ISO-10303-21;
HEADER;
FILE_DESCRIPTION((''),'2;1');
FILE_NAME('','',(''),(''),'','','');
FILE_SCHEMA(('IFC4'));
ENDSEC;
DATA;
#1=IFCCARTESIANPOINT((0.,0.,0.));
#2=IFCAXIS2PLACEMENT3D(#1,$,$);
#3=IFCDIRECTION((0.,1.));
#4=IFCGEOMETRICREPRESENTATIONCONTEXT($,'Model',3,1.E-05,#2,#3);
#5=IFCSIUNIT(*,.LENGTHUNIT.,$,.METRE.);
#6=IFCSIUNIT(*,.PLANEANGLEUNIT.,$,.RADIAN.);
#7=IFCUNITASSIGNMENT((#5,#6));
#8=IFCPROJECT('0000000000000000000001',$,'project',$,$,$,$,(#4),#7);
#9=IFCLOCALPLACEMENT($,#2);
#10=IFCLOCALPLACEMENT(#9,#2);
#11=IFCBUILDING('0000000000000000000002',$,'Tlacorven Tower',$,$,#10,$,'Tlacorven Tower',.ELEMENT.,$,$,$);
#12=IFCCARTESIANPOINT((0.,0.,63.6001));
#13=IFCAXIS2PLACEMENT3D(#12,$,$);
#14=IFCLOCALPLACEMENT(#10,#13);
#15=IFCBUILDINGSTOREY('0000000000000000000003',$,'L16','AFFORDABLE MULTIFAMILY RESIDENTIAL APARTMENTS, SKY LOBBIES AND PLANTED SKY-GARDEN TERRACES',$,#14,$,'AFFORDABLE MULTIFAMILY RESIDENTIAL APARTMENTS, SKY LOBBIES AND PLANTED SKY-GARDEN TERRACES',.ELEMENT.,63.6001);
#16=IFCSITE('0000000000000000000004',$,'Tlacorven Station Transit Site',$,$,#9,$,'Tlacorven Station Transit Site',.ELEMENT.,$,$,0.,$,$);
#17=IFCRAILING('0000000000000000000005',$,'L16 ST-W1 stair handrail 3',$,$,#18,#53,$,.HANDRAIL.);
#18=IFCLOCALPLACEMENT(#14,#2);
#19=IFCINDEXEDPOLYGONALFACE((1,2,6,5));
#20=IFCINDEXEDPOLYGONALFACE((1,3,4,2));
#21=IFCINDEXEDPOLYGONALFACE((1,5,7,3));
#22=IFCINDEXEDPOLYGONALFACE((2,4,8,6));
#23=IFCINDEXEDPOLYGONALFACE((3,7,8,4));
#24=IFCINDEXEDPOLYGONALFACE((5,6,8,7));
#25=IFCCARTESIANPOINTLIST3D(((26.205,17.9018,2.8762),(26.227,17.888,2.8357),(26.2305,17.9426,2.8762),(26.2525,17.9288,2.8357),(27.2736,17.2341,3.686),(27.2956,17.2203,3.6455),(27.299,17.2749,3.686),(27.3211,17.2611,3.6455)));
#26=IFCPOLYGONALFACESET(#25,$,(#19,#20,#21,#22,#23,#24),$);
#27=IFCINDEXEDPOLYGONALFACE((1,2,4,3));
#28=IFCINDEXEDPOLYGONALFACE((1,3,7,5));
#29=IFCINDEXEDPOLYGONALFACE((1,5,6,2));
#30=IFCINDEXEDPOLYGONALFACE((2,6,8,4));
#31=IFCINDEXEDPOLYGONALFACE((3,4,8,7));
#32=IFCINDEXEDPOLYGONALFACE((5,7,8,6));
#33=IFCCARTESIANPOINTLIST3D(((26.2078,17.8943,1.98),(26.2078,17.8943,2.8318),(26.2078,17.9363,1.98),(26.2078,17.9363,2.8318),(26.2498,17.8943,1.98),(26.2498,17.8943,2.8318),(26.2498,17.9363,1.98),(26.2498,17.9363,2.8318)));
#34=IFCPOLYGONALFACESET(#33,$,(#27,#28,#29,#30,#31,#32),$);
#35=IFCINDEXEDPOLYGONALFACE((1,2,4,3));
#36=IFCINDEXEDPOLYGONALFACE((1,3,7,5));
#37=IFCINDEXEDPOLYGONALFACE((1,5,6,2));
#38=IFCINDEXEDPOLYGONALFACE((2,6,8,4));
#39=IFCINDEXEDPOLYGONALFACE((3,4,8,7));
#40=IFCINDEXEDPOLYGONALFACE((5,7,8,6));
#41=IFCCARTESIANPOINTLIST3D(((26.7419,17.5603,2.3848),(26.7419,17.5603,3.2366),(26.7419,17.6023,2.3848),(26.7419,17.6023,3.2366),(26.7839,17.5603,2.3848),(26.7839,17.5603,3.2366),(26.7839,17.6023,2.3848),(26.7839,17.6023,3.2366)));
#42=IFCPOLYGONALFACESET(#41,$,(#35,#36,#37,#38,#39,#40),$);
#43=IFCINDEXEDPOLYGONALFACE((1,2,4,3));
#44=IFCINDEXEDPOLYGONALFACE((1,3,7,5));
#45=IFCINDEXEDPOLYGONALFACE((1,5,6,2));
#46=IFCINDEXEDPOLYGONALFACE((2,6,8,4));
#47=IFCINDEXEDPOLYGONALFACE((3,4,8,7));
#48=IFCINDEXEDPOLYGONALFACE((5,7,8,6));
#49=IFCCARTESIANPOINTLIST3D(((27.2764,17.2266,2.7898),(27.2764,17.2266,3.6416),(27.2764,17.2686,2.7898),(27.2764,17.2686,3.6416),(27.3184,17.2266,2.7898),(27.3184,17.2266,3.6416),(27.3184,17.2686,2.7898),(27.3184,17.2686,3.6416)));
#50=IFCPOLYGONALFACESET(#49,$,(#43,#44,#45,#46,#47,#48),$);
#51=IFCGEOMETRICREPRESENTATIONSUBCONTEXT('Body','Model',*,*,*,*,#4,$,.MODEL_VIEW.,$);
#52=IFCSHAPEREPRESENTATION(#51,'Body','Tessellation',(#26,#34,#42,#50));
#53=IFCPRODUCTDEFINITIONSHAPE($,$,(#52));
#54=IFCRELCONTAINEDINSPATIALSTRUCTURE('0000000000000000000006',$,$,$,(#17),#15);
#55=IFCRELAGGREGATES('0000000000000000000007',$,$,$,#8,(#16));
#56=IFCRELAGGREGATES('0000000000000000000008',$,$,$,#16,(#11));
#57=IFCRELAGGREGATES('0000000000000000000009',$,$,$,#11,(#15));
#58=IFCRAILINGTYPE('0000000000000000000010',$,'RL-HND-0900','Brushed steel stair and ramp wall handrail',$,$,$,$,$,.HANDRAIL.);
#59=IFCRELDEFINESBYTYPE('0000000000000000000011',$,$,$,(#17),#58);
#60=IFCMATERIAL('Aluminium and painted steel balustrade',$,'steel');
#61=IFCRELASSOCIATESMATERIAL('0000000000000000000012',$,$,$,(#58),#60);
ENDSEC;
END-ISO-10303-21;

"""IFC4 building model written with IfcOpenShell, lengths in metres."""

from ifc_helpers import new_model, si_unit, direction, frame, origin, origin_2d, place, context, subcontext, project, spatial, rectangle, extrude, source, transform, mapped, material, type_object, element, save


model = new_model("IFC4")

# Units and contexts
model_context = context("Model", 3, precision=1e-05, world=origin(), true_north=direction((0.0, 1.0)))
body_context = subcontext(model_context, "Body", "Model", "MODEL_VIEW")
ifc_project = project(units=[si_unit("LENGTHUNIT", "METRE"), si_unit("PLANEANGLEUNIT", "RADIAN")], contexts=[model_context])

# Site, building, storey
site_placement = place(None, origin())
site = spatial("IfcSite", under=ifc_project, at=site_placement, Name="Tlacorven Station Transit Site", LongName="Tlacorven Station Transit Site", CompositionType="ELEMENT", RefElevation=0.0)
building_placement = place(site_placement, origin())
building = spatial("IfcBuilding", under=site, at=building_placement, Name="Tlacorven Tower", LongName="Tlacorven Tower", CompositionType="ELEMENT")
storey_placement = place(building_placement, frame((0.0, 0.0, 63.6001)))
storey = spatial("IfcBuildingStorey", under=building, at=storey_placement, Name="L16", Description="AFFORDABLE MULTIFAMILY RESIDENTIAL APARTMENTS, SKY LOBBIES AND PLANTED SKY-GARDEN TERRACES", LongName="AFFORDABLE MULTIFAMILY RESIDENTIAL APARTMENTS, SKY LOBBIES AND PLANTED SKY-GARDEN TERRACES", CompositionType="ELEMENT", Elevation=63.6001)

# Railing
ifc_material_1 = material(Name="Aluminium and painted steel balustrade", Category="steel")
railing_type_1 = type_object("IfcRailingType", Name="RL-HND-0900", Description="Brushed steel stair and ramp wall handrail", PredefinedType="HANDRAIL", material=ifc_material_1)
shared_shape_1 = source(origin(), body_context, "Body", "SweptSolid", [
    extrude(rectangle(XDim=0.0481, YDim=0.0481, at=origin_2d()), frame((0.0, 0.0, 0.876), z_axis=(0.713423, -0.445787, 0.540649), x_axis=(0.529912, 0.848053, 0.0)), (0.0, 0.0, 1.0), 1.4978),
    extrude(rectangle(XDim=0.042, YDim=0.042, at=origin_2d()), origin(), (0.0, 0.0, 1.0), 0.8518),
    extrude(rectangle(XDim=0.042, YDim=0.042, at=origin_2d()), frame((0.5342, -0.334, 0.4048)), (0.0, 0.0, 1.0), 0.8518),
    extrude(rectangle(XDim=0.042, YDim=0.042, at=origin_2d()), frame((1.0686, -0.6677, 0.8098)), (0.0, 0.0, 1.0), 0.8518),
])
railing_1_placement = place(storey_placement, frame((26.2288, 17.9153, 1.98)))
element("IfcRailing", 1, at=railing_1_placement, inside=storey, type_object=railing_type_1, Name="L16 ST-W1 stair handrail 3", PredefinedType="HANDRAIL", context=body_context, shape_type="MappedRepresentation", body=[
    mapped(shared_shape_1, transform((0.0, 0.0, 0.0), scale=1.0)),
])

save(model, "model.ifc")
